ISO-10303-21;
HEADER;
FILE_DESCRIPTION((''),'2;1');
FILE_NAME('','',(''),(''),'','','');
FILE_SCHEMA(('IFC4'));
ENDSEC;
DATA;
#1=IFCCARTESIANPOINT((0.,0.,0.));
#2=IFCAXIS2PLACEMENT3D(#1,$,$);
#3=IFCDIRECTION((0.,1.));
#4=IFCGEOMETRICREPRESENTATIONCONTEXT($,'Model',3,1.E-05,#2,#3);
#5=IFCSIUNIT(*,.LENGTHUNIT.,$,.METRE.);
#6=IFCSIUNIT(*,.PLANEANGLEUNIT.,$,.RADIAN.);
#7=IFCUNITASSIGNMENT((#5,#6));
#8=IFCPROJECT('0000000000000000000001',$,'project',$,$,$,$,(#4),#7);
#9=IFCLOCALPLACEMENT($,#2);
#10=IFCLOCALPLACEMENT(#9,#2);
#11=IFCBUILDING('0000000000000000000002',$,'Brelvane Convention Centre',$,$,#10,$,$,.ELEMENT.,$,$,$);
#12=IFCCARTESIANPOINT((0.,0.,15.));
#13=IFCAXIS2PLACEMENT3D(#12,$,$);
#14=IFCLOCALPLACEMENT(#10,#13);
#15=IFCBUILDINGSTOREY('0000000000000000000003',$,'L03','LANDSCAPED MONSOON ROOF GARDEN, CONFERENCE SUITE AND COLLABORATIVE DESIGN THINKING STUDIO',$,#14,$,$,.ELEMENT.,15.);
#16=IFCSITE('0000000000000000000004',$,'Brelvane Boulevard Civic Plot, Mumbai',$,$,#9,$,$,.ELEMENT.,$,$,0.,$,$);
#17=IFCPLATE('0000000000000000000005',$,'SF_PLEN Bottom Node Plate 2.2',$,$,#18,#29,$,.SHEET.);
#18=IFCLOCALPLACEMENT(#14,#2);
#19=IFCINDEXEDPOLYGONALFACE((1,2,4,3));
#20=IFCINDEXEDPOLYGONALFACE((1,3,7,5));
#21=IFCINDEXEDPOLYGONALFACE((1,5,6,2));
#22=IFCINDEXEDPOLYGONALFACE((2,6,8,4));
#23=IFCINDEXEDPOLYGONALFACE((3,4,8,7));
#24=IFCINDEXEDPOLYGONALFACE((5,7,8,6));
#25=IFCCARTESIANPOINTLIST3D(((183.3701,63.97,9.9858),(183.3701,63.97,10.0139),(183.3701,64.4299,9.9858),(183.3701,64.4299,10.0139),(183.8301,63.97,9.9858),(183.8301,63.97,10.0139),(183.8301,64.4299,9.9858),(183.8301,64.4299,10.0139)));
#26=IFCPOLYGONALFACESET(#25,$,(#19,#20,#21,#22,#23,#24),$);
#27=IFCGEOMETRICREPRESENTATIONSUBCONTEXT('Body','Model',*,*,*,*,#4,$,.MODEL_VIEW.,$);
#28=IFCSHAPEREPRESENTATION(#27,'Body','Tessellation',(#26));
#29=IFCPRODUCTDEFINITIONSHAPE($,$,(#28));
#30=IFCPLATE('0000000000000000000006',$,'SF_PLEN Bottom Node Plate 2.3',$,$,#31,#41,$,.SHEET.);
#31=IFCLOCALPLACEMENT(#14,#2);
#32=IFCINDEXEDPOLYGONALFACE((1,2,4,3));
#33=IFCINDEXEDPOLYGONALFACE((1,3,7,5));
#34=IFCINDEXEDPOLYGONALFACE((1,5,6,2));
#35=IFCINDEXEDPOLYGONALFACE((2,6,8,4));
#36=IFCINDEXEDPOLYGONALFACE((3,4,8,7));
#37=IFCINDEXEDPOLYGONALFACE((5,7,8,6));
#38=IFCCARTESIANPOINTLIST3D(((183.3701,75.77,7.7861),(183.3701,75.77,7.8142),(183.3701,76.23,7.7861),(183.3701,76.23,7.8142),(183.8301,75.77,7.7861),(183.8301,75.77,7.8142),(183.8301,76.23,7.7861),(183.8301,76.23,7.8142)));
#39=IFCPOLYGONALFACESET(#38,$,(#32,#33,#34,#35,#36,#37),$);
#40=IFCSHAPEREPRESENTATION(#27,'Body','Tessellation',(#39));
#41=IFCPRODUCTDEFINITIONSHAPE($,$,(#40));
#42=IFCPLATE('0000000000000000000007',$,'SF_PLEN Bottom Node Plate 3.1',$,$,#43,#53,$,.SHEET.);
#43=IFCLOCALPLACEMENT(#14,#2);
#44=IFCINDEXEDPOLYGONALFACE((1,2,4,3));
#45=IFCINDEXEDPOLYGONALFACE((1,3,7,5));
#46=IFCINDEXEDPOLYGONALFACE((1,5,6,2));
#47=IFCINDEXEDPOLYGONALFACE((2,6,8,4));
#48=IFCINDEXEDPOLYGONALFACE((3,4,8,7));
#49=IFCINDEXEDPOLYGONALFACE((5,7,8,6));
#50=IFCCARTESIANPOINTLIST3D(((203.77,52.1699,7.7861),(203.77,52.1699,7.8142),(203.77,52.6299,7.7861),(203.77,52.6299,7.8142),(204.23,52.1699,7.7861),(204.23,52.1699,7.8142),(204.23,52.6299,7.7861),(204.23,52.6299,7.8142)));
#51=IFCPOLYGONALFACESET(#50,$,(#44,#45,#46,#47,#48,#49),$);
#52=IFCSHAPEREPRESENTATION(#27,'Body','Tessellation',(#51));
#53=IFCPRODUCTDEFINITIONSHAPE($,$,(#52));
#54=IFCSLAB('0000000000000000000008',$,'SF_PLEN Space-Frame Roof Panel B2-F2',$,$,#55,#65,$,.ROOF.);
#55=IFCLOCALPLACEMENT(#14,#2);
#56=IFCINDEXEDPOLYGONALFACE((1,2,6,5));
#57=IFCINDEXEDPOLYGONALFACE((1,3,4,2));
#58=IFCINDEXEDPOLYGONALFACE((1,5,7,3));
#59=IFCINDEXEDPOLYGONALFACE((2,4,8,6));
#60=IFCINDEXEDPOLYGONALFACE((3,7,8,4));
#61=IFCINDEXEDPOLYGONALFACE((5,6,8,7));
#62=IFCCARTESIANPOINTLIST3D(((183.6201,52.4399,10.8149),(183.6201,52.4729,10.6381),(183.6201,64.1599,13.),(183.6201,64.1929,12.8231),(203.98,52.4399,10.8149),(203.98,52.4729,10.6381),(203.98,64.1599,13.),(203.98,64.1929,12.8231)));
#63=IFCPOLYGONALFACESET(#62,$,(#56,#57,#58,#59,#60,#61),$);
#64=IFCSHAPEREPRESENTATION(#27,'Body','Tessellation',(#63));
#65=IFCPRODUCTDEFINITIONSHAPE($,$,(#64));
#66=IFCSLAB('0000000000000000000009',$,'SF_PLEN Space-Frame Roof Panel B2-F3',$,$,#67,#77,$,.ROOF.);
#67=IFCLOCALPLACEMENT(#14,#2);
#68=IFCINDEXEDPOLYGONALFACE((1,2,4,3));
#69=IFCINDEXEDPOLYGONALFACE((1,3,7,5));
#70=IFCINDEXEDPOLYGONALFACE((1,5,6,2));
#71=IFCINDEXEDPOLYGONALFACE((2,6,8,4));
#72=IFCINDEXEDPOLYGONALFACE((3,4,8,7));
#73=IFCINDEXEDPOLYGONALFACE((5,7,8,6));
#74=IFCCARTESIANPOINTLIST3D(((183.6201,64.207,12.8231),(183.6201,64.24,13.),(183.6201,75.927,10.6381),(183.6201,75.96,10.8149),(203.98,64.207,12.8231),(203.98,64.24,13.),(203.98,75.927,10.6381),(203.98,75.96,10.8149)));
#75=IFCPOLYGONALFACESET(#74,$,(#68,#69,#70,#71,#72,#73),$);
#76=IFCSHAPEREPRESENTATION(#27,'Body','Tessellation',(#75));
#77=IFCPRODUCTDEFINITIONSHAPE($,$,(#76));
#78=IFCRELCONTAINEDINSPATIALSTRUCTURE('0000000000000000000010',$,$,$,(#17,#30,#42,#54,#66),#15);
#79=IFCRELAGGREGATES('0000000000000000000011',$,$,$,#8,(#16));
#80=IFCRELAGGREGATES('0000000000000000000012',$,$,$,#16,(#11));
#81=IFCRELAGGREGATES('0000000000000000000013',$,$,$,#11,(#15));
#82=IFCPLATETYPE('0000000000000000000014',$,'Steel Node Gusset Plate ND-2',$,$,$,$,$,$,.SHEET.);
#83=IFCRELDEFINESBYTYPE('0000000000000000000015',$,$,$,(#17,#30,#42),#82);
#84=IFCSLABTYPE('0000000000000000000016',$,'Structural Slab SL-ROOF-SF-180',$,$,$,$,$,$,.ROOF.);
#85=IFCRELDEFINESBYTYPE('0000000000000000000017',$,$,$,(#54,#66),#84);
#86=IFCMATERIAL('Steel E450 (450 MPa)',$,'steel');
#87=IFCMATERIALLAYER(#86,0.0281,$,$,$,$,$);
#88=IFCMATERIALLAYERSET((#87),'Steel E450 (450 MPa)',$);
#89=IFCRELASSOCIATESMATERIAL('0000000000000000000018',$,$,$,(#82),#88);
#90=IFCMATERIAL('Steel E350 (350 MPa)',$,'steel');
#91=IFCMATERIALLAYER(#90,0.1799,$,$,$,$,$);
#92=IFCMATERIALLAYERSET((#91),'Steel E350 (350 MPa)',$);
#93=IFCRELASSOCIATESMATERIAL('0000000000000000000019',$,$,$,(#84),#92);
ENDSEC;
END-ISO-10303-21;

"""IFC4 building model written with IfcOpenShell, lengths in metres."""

from ifc_helpers import new_model, si_unit, direction, frame, origin, origin_2d, place, context, subcontext, project, spatial, polyline, rectangle, outline, extrude, material, layer, layer_set, type_object, element, save


model = new_model("IFC4")

# Units and contexts
model_context = context("Model", 3, precision=1e-05, world=origin(), true_north=direction((0.0, 1.0)))
body_context = subcontext(model_context, "Body", "Model", "MODEL_VIEW")
ifc_project = project(units=[si_unit("LENGTHUNIT", "METRE"), si_unit("PLANEANGLEUNIT", "RADIAN")], contexts=[model_context])

# Site, building, storey
site_placement = place(None, origin())
site = spatial("IfcSite", under=ifc_project, at=site_placement, Name="Brelvane Boulevard Civic Plot, Mumbai", CompositionType="ELEMENT", RefElevation=0.0)
building_placement = place(site_placement, origin())
building = spatial("IfcBuilding", under=site, at=building_placement, Name="Brelvane Convention Centre", CompositionType="ELEMENT")
storey_placement = place(building_placement, frame((0.0, 0.0, 15.0)))
storey = spatial("IfcBuildingStorey", under=building, at=storey_placement, Name="L03", Description="LANDSCAPED MONSOON ROOF GARDEN, CONFERENCE SUITE AND COLLABORATIVE DESIGN THINKING STUDIO", CompositionType="ELEMENT", Elevation=15.0)

# Plates
ifc_material_1 = material(Name="Steel E450 (450 MPa)", Category="steel")
ifc_layer_1 = layer(ifc_material_1, 0.0281)
ifc_layer_set_1 = layer_set([ifc_layer_1], Name="Steel E450 (450 MPa)")
plate_type_1 = type_object("IfcPlateType", Name="Steel Node Gusset Plate ND-2", PredefinedType="SHEET", material=ifc_layer_set_1)
for number, where, z_axis, x_axis, name in (
    (1, (183.6001, 64.2, 9.9858), (0.0, 0.0, 1.0), (1.0, 0.0, 0.0), "SF_PLEN Bottom Node Plate 2.2"),
    (2, (183.6001, 76.0, 7.7861), (0.0, 0.0, 1.0), (1.0, 0.0, 0.0), "SF_PLEN Bottom Node Plate 2.3"),
    (3, (204.0, 52.3999, 7.7861), (0.0, 0.0, 1.0), (1.0, 0.0, 0.0), "SF_PLEN Bottom Node Plate 3.1"),
):
    element("IfcPlate", number, at=place(storey_placement, frame(where, z_axis=z_axis, x_axis=x_axis)), inside=storey, type_object=plate_type_1, Name=name, PredefinedType="SHEET", context=body_context, shape_type="SweptSolid", body=[
        extrude(rectangle(XDim=0.46, YDim=0.46, at=origin_2d()), origin(), (0.0, 0.0, 1.0), 0.0281),
    ])

# Slabs
ifc_material_2 = material(Name="Steel E350 (350 MPa)", Category="steel")
ifc_layer_2 = layer(ifc_material_2, 0.1799)
ifc_layer_set_2 = layer_set([ifc_layer_2], Name="Steel E350 (350 MPa)")
slab_type = type_object("IfcSlabType", Name="Structural Slab SL-ROOF-SF-180", PredefinedType="ROOF", material=ifc_layer_set_2)
for number, where, z_axis, x_axis, name in (
    (4, (183.6201, 52.4399, 10.8149), (0.0, -0.183281, 0.983061), (1.0, 0.0, 0.0), "SF_PLEN Space-Frame Roof Panel B2-F2"),
    (5, (183.6201, 64.24, 13.0), (0.0, 0.183281, 0.983061), (1.0, 0.0, 0.0), "SF_PLEN Space-Frame Roof Panel B2-F3"),
):
    element("IfcSlab", number, at=place(storey_placement, frame(where, z_axis=z_axis, x_axis=x_axis)), inside=storey, type_object=slab_type, Name=name, PredefinedType="ROOF", context=body_context, shape_type="SweptSolid", body=[
        extrude(outline(polyline([(0.0, 0.0), (20.3599, 0.0), (20.3599, 11.9219), (0.0, 11.9219), (0.0, 0.0)])), origin(), (0.0, 0.0, -1.0), 0.1799),
    ])

save(model, "model.ifc")
